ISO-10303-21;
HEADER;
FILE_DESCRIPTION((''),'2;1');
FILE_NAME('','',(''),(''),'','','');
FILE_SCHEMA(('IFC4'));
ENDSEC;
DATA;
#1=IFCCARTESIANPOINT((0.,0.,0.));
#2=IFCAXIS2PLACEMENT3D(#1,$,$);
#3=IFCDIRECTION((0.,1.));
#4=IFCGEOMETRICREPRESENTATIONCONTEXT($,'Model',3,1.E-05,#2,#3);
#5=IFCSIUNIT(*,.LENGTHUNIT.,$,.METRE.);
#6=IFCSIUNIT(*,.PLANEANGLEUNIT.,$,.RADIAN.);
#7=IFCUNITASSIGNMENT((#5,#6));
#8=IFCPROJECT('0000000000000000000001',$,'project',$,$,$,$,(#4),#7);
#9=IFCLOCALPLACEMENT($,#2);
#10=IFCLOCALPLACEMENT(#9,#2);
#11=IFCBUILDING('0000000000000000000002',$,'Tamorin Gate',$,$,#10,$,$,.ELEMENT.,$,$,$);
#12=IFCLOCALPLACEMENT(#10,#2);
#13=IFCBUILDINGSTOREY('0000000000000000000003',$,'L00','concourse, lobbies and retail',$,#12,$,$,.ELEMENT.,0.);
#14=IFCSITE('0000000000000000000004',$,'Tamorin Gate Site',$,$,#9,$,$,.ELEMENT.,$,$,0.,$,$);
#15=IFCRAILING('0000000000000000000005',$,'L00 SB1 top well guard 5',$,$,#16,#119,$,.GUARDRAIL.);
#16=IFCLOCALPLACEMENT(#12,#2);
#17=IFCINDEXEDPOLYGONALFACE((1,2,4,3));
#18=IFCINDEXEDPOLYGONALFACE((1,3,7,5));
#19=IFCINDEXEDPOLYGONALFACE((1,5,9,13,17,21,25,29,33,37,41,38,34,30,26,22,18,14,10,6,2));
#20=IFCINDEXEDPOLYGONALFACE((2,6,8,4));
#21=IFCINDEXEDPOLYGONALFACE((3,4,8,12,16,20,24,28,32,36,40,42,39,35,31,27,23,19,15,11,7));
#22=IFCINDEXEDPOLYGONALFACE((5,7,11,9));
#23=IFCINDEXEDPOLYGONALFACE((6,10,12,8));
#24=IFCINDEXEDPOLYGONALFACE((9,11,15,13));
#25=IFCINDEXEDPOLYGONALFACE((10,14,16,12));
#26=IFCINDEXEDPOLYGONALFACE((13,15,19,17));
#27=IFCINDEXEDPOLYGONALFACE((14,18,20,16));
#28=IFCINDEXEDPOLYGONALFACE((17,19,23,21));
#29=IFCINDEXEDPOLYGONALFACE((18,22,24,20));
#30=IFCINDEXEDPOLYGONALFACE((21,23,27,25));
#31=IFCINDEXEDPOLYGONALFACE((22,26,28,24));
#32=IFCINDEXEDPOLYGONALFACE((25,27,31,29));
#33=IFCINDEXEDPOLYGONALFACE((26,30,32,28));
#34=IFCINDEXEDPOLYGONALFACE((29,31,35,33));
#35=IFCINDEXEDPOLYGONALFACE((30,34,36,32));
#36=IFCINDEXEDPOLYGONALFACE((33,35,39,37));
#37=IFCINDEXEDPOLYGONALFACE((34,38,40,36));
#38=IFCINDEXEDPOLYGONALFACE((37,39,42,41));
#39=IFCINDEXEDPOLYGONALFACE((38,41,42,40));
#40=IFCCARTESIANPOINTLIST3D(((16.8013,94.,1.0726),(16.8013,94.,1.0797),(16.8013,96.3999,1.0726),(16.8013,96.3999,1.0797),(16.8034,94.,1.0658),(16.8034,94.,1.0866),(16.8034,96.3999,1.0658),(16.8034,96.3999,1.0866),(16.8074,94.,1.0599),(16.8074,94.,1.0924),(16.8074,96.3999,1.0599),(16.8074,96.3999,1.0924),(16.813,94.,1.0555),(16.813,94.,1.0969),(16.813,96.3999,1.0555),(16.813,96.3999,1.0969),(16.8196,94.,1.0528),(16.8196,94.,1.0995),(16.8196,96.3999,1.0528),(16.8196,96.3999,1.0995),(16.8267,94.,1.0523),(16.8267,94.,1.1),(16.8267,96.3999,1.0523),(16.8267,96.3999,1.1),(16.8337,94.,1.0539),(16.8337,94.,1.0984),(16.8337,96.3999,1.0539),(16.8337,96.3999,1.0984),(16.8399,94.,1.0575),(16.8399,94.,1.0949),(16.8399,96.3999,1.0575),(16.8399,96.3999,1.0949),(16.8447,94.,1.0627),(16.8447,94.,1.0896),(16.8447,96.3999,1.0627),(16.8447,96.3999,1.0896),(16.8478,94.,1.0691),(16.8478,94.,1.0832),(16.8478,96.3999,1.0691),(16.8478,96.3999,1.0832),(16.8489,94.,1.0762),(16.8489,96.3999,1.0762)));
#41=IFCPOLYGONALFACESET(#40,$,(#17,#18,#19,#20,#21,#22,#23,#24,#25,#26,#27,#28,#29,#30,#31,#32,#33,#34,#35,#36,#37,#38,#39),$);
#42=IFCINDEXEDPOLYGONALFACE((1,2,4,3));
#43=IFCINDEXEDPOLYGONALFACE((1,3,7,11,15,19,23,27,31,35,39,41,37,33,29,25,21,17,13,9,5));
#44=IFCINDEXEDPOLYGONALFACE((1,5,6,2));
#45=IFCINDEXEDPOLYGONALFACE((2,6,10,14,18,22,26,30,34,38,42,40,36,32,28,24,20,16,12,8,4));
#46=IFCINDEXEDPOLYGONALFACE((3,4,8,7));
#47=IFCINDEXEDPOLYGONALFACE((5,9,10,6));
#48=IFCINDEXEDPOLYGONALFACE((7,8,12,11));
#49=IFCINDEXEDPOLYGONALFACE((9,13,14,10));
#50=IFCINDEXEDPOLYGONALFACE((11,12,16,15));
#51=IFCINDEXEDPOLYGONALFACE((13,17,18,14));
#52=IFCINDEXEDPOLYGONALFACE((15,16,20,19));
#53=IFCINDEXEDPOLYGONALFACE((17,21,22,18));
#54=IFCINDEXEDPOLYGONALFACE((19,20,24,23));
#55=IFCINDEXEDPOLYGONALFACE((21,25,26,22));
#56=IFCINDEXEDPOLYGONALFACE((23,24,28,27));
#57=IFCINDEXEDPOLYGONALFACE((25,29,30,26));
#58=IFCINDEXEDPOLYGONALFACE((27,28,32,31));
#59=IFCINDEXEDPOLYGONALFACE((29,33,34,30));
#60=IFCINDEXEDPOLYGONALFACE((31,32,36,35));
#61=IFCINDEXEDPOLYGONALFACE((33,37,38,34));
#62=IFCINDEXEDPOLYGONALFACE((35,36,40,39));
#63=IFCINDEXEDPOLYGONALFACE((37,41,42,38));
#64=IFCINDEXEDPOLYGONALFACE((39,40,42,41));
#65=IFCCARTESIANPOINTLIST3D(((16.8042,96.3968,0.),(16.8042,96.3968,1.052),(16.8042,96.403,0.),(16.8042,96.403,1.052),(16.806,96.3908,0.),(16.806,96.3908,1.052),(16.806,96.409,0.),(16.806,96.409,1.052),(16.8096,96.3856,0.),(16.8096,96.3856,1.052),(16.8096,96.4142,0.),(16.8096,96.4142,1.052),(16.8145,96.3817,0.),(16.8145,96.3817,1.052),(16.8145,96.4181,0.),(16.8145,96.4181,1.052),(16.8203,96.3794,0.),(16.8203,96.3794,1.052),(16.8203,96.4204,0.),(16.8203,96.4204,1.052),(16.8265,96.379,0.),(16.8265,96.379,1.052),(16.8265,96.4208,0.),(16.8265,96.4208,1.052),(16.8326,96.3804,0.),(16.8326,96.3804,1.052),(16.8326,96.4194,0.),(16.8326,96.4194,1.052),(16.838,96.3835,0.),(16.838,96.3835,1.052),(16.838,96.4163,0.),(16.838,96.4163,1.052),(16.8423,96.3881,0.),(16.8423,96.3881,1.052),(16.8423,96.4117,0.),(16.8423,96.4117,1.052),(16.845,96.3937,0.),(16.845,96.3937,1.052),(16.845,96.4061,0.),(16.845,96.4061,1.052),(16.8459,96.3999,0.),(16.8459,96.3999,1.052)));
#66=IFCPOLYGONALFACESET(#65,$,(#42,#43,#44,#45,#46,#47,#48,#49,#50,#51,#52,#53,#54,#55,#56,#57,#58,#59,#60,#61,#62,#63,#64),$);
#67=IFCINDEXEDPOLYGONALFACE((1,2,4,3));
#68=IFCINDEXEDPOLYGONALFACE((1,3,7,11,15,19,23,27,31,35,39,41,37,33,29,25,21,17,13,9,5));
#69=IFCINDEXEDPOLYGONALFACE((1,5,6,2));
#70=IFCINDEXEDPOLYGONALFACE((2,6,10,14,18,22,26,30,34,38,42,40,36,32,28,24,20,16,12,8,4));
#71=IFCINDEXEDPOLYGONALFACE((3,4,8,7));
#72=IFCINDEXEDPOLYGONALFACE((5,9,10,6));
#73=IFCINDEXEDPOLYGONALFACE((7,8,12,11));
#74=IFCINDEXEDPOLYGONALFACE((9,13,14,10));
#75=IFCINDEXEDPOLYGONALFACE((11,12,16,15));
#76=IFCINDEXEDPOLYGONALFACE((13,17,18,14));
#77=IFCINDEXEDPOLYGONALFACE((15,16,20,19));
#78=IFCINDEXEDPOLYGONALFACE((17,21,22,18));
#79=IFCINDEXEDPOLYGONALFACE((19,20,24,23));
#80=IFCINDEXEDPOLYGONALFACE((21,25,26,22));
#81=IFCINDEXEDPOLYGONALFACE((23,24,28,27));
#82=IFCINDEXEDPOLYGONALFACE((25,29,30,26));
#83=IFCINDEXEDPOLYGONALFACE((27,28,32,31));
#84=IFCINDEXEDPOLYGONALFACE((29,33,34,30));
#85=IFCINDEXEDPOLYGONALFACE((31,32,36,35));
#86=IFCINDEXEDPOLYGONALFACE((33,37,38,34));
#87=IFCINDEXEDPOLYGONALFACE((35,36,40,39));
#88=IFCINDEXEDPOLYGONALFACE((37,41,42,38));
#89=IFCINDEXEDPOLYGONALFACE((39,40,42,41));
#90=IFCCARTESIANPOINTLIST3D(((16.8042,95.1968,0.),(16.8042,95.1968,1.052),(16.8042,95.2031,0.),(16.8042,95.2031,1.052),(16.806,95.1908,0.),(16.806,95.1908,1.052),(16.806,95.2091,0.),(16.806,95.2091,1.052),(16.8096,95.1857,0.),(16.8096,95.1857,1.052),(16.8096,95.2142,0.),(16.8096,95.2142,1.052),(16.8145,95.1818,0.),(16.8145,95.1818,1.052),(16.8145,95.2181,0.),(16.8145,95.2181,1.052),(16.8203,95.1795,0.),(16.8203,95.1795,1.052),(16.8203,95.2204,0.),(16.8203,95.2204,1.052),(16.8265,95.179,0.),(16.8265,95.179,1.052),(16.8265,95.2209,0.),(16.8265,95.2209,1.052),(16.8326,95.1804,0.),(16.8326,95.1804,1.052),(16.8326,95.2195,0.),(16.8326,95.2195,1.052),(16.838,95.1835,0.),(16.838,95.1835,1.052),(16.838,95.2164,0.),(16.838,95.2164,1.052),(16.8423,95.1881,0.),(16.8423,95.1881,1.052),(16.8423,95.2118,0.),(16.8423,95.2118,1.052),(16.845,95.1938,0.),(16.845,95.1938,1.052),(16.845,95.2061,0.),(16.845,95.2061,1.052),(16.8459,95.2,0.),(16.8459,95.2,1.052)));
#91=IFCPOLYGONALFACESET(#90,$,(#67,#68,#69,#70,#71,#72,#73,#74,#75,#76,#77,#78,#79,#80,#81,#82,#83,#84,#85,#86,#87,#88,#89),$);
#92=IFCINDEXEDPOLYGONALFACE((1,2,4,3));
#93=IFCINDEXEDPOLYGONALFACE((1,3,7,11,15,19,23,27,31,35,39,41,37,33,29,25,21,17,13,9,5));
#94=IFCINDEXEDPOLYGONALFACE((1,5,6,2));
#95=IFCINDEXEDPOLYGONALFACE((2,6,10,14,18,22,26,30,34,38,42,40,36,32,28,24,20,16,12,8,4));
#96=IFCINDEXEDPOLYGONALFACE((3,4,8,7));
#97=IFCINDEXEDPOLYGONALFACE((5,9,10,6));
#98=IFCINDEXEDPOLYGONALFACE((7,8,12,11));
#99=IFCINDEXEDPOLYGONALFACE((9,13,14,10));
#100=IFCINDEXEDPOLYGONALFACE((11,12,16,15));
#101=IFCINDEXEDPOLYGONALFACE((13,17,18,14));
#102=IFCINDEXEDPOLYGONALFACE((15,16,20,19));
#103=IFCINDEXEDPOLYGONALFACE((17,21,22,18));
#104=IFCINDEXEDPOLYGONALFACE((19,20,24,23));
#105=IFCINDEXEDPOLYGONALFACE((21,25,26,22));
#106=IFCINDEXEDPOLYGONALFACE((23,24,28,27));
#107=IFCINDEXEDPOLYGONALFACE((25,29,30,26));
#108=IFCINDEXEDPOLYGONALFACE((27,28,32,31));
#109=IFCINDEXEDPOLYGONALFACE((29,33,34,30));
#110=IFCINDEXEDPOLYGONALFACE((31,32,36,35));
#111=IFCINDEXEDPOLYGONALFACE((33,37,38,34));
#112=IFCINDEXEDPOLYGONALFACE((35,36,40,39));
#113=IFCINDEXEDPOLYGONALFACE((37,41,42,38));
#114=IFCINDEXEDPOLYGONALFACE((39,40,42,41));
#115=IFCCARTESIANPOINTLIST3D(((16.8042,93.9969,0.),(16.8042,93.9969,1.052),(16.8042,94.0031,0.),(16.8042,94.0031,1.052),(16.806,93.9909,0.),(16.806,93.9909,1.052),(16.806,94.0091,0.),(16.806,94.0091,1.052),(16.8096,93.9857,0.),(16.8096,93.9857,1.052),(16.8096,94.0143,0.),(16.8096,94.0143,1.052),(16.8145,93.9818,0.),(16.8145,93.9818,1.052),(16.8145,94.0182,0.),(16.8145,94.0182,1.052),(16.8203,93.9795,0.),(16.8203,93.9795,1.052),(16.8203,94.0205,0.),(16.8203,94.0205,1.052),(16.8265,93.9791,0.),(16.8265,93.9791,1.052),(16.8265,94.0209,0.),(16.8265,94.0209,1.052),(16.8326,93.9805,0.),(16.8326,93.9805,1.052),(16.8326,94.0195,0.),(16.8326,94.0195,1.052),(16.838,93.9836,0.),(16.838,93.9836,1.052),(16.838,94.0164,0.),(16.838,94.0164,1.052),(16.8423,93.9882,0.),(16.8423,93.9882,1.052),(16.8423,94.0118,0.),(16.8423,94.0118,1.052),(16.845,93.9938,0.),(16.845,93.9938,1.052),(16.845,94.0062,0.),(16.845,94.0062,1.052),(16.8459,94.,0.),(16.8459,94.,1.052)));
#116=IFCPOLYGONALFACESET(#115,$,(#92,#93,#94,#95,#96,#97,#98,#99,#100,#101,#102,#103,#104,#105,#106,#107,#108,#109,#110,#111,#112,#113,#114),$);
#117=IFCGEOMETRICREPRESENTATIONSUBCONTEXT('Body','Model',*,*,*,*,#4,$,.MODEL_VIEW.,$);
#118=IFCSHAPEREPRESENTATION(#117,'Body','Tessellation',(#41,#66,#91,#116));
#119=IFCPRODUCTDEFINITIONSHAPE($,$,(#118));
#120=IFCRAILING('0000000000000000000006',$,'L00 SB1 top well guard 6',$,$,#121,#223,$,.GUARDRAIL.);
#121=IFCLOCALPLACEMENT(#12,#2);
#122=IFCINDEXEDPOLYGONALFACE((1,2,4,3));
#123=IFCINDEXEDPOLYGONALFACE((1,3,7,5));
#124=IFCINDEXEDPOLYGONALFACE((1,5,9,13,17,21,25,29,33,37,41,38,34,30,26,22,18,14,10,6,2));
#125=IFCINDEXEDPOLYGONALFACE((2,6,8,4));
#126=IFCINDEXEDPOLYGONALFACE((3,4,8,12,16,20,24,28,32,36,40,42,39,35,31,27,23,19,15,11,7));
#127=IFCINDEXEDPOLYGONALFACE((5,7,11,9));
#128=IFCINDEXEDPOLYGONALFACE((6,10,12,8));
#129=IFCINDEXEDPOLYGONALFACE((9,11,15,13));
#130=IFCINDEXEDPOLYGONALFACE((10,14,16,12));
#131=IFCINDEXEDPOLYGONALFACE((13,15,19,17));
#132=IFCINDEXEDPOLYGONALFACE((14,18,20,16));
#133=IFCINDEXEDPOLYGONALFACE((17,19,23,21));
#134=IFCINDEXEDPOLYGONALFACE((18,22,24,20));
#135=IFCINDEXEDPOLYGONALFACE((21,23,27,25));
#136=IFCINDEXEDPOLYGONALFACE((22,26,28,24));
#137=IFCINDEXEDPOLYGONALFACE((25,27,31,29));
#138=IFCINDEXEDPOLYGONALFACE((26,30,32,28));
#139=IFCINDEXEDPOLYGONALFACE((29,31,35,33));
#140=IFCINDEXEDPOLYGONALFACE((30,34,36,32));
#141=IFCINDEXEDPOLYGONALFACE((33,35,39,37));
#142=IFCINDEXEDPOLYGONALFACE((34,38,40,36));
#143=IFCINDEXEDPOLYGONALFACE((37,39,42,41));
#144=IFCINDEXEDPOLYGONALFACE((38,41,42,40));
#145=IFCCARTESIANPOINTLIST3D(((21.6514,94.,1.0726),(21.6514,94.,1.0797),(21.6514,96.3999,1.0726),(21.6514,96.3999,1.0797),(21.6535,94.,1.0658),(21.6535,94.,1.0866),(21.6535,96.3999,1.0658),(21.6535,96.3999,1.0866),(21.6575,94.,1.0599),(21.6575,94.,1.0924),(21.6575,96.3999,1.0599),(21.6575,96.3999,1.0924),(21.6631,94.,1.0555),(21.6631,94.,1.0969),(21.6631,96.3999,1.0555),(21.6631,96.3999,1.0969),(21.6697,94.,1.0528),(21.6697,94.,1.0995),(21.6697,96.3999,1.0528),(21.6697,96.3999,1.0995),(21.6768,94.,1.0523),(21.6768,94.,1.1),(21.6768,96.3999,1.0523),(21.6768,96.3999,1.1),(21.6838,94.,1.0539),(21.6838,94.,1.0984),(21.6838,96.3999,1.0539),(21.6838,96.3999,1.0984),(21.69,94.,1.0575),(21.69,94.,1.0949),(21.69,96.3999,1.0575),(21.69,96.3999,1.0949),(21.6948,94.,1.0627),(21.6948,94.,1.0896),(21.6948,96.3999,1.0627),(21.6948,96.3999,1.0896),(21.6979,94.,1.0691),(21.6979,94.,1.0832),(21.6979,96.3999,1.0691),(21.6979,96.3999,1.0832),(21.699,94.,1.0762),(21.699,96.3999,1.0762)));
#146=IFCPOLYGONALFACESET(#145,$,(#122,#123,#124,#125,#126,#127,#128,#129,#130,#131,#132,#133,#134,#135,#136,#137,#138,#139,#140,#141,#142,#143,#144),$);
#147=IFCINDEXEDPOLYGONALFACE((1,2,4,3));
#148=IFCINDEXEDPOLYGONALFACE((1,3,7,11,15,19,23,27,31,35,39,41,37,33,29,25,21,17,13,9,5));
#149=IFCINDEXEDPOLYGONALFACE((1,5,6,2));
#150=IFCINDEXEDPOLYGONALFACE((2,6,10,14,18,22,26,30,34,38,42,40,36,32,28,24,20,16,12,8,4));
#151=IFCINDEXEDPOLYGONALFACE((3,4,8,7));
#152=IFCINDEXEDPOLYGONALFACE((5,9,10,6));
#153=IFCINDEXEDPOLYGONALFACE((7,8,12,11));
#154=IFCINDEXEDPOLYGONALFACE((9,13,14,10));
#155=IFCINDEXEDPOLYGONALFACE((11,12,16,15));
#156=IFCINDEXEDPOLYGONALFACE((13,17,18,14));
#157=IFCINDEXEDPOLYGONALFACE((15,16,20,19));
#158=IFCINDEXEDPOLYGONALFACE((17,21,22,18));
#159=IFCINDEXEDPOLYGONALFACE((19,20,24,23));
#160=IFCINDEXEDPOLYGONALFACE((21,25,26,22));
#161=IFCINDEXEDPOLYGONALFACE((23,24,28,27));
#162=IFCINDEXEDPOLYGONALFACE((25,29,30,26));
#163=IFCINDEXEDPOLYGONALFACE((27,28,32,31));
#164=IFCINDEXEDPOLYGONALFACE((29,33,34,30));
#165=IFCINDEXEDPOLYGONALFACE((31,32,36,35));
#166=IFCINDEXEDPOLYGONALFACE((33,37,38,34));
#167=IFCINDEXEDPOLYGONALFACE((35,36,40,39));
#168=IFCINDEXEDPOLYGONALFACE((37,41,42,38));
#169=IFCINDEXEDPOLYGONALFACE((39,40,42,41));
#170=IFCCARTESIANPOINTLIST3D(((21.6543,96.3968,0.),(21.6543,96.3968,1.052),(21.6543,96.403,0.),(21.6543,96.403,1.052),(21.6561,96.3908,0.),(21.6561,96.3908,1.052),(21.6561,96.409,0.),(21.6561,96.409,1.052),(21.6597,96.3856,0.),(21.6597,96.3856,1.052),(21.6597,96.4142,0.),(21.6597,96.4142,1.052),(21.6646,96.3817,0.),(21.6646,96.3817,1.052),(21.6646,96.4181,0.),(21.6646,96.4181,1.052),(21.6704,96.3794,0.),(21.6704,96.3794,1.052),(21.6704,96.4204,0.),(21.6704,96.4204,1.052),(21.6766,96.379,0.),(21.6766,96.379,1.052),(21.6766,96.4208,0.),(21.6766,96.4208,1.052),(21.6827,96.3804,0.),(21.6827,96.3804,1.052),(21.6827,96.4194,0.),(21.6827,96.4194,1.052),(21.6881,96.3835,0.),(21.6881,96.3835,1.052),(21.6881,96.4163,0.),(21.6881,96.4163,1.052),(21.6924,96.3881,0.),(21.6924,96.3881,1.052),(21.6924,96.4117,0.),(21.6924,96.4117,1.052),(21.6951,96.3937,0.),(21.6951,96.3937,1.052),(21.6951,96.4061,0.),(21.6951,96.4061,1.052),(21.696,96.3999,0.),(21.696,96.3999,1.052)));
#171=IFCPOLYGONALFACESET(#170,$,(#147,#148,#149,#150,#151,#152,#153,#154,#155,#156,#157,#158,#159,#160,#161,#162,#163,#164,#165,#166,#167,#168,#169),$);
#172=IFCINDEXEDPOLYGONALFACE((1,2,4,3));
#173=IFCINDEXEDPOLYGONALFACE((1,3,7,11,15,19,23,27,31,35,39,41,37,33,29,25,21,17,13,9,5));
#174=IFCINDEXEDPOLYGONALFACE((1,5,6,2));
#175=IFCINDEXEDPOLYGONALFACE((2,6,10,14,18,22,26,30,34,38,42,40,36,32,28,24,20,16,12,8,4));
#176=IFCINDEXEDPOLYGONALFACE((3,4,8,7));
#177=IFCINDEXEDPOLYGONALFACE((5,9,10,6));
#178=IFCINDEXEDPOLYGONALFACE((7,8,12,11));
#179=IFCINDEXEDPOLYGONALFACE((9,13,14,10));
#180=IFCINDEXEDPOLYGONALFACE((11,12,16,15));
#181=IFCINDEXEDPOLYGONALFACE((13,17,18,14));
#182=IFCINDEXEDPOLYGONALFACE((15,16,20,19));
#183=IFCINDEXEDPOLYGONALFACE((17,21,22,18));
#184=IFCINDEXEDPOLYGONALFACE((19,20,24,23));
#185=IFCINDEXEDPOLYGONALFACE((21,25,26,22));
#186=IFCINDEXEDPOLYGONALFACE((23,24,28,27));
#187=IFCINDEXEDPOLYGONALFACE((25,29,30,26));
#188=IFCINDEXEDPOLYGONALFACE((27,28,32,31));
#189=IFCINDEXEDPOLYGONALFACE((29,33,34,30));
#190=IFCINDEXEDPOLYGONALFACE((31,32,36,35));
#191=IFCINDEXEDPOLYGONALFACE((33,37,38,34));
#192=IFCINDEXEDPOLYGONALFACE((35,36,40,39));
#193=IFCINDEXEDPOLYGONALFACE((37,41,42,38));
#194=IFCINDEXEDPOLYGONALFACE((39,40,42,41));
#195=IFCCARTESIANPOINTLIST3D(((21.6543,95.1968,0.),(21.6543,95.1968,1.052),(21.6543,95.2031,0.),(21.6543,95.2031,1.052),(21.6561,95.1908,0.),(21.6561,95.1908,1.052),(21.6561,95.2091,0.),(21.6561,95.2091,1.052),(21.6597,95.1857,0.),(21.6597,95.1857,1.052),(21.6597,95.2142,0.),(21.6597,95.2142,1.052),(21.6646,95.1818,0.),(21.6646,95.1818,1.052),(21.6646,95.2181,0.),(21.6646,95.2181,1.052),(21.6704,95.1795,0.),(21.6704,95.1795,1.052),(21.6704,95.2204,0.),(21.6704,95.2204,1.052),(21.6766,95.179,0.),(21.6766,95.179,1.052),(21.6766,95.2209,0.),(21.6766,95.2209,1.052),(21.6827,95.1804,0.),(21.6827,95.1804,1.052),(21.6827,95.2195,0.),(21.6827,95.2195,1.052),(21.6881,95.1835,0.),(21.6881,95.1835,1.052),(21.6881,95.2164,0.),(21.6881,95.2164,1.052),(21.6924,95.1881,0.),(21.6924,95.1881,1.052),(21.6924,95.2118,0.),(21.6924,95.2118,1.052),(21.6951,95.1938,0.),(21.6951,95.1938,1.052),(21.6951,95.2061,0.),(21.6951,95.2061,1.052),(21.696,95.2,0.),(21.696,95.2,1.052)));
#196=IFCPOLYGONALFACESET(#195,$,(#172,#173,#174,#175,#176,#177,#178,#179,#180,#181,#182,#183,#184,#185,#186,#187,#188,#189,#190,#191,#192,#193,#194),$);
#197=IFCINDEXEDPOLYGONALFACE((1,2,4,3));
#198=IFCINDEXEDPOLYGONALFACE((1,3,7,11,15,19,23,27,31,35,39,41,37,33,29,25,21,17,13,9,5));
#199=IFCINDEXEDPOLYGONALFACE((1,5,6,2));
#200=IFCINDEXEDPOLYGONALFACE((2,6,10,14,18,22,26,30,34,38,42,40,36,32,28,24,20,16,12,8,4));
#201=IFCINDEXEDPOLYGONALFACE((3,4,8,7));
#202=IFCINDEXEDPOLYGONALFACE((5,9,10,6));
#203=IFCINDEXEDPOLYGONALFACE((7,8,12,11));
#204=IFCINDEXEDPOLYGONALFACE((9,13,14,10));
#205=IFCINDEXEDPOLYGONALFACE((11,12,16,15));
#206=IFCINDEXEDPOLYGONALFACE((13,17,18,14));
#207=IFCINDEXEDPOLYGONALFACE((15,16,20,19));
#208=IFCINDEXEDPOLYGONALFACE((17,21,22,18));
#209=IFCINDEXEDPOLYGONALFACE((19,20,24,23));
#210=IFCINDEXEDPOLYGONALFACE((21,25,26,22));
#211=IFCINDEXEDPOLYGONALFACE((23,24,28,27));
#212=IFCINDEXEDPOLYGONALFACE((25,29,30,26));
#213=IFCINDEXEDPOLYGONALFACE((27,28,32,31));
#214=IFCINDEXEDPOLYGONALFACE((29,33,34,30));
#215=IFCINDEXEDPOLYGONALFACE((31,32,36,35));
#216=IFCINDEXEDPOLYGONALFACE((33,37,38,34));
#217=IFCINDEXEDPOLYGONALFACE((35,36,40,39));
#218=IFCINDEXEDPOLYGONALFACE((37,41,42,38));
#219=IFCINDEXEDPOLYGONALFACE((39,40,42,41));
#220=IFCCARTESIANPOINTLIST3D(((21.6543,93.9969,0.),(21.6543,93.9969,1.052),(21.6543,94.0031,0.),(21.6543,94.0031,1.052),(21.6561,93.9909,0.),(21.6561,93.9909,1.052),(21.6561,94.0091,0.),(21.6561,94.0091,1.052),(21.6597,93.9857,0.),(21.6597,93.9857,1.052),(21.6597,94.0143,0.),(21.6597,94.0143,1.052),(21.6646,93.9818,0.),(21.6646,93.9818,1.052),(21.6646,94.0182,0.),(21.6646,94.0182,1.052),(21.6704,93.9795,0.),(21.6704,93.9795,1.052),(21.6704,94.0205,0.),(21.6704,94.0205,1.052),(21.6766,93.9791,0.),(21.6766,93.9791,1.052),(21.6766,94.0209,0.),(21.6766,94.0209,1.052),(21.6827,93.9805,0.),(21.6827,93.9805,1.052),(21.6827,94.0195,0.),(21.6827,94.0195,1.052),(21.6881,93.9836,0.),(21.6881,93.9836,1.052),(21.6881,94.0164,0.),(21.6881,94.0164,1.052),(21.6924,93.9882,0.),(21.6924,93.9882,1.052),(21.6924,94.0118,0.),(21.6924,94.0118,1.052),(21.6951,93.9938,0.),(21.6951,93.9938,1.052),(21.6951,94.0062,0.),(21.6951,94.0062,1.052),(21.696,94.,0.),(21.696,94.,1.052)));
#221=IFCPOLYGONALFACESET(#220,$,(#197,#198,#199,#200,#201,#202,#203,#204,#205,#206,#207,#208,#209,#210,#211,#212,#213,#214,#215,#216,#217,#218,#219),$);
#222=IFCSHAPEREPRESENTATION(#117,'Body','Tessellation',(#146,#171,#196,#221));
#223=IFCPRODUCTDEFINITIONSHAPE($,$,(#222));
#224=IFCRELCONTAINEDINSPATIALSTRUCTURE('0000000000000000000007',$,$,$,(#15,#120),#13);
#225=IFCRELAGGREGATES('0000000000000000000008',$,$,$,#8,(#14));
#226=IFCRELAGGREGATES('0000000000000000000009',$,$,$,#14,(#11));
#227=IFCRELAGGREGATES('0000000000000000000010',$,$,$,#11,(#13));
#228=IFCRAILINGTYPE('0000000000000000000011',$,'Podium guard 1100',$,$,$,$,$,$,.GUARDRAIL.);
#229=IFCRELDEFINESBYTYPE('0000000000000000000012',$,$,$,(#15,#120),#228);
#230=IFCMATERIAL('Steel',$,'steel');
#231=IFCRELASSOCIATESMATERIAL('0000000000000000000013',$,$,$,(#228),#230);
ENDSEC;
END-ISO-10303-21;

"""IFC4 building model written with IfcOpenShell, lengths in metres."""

from ifc_helpers import new_model, si_unit, direction, frame, origin, origin_2d, place, context, subcontext, project, spatial, circle, extrude, material, type_object, element, save


model = new_model("IFC4")

# Units and contexts
model_context = context("Model", 3, precision=1e-05, world=origin(), true_north=direction((0.0, 1.0)))
body_context = subcontext(model_context, "Body", "Model", "MODEL_VIEW")
ifc_project = project(units=[si_unit("LENGTHUNIT", "METRE"), si_unit("PLANEANGLEUNIT", "RADIAN")], contexts=[model_context])

# Site, building, storey
site_placement = place(None, origin())
site = spatial("IfcSite", under=ifc_project, at=site_placement, Name="Tamorin Gate Site", CompositionType="ELEMENT", RefElevation=0.0)
building_placement = place(site_placement, origin())
building = spatial("IfcBuilding", under=site, at=building_placement, Name="Tamorin Gate", CompositionType="ELEMENT")
storey_placement = place(building_placement, origin())
storey = spatial("IfcBuildingStorey", under=building, at=storey_placement, Name="L00", Description="concourse, lobbies and retail", CompositionType="ELEMENT", Elevation=0.0)

# Railings
ifc_material_1 = material(Name="Steel", Category="steel")
railing_type = type_object("IfcRailingType", Name="Podium guard 1100", PredefinedType="GUARDRAIL", material=ifc_material_1)
for number, where, name in (
    (1, (16.825, 96.3999, 0.0), "L00 SB1 top well guard 5"),
    (2, (21.675, 96.3999, 0.0), "L00 SB1 top well guard 6"),
):
    element("IfcRailing", number, at=place(storey_placement, frame(where)), inside=storey, type_object=railing_type, Name=name, PredefinedType="GUARDRAIL", context=body_context, shape_type="SweptSolid", body=[
        extrude(circle(Radius=0.0239, at=origin_2d()), frame((0.0, 0.0, 1.0762), z_axis=(0.0, -1.0, 0.0), x_axis=(1.0, 0.0, 0.0)), (0.0, 0.0, 1.0), 2.3999),
        extrude(circle(Radius=0.021, at=origin_2d()), origin(), (0.0, 0.0, 1.0), 1.052),
        extrude(circle(Radius=0.021, at=origin_2d()), frame((0.0, -1.2, 0.0)), (0.0, 0.0, 1.0), 1.052),
        extrude(circle(Radius=0.021, at=origin_2d()), frame((0.0, -2.3999, 0.0)), (0.0, 0.0, 1.0), 1.052),
    ])

save(model, "model.ifc")
